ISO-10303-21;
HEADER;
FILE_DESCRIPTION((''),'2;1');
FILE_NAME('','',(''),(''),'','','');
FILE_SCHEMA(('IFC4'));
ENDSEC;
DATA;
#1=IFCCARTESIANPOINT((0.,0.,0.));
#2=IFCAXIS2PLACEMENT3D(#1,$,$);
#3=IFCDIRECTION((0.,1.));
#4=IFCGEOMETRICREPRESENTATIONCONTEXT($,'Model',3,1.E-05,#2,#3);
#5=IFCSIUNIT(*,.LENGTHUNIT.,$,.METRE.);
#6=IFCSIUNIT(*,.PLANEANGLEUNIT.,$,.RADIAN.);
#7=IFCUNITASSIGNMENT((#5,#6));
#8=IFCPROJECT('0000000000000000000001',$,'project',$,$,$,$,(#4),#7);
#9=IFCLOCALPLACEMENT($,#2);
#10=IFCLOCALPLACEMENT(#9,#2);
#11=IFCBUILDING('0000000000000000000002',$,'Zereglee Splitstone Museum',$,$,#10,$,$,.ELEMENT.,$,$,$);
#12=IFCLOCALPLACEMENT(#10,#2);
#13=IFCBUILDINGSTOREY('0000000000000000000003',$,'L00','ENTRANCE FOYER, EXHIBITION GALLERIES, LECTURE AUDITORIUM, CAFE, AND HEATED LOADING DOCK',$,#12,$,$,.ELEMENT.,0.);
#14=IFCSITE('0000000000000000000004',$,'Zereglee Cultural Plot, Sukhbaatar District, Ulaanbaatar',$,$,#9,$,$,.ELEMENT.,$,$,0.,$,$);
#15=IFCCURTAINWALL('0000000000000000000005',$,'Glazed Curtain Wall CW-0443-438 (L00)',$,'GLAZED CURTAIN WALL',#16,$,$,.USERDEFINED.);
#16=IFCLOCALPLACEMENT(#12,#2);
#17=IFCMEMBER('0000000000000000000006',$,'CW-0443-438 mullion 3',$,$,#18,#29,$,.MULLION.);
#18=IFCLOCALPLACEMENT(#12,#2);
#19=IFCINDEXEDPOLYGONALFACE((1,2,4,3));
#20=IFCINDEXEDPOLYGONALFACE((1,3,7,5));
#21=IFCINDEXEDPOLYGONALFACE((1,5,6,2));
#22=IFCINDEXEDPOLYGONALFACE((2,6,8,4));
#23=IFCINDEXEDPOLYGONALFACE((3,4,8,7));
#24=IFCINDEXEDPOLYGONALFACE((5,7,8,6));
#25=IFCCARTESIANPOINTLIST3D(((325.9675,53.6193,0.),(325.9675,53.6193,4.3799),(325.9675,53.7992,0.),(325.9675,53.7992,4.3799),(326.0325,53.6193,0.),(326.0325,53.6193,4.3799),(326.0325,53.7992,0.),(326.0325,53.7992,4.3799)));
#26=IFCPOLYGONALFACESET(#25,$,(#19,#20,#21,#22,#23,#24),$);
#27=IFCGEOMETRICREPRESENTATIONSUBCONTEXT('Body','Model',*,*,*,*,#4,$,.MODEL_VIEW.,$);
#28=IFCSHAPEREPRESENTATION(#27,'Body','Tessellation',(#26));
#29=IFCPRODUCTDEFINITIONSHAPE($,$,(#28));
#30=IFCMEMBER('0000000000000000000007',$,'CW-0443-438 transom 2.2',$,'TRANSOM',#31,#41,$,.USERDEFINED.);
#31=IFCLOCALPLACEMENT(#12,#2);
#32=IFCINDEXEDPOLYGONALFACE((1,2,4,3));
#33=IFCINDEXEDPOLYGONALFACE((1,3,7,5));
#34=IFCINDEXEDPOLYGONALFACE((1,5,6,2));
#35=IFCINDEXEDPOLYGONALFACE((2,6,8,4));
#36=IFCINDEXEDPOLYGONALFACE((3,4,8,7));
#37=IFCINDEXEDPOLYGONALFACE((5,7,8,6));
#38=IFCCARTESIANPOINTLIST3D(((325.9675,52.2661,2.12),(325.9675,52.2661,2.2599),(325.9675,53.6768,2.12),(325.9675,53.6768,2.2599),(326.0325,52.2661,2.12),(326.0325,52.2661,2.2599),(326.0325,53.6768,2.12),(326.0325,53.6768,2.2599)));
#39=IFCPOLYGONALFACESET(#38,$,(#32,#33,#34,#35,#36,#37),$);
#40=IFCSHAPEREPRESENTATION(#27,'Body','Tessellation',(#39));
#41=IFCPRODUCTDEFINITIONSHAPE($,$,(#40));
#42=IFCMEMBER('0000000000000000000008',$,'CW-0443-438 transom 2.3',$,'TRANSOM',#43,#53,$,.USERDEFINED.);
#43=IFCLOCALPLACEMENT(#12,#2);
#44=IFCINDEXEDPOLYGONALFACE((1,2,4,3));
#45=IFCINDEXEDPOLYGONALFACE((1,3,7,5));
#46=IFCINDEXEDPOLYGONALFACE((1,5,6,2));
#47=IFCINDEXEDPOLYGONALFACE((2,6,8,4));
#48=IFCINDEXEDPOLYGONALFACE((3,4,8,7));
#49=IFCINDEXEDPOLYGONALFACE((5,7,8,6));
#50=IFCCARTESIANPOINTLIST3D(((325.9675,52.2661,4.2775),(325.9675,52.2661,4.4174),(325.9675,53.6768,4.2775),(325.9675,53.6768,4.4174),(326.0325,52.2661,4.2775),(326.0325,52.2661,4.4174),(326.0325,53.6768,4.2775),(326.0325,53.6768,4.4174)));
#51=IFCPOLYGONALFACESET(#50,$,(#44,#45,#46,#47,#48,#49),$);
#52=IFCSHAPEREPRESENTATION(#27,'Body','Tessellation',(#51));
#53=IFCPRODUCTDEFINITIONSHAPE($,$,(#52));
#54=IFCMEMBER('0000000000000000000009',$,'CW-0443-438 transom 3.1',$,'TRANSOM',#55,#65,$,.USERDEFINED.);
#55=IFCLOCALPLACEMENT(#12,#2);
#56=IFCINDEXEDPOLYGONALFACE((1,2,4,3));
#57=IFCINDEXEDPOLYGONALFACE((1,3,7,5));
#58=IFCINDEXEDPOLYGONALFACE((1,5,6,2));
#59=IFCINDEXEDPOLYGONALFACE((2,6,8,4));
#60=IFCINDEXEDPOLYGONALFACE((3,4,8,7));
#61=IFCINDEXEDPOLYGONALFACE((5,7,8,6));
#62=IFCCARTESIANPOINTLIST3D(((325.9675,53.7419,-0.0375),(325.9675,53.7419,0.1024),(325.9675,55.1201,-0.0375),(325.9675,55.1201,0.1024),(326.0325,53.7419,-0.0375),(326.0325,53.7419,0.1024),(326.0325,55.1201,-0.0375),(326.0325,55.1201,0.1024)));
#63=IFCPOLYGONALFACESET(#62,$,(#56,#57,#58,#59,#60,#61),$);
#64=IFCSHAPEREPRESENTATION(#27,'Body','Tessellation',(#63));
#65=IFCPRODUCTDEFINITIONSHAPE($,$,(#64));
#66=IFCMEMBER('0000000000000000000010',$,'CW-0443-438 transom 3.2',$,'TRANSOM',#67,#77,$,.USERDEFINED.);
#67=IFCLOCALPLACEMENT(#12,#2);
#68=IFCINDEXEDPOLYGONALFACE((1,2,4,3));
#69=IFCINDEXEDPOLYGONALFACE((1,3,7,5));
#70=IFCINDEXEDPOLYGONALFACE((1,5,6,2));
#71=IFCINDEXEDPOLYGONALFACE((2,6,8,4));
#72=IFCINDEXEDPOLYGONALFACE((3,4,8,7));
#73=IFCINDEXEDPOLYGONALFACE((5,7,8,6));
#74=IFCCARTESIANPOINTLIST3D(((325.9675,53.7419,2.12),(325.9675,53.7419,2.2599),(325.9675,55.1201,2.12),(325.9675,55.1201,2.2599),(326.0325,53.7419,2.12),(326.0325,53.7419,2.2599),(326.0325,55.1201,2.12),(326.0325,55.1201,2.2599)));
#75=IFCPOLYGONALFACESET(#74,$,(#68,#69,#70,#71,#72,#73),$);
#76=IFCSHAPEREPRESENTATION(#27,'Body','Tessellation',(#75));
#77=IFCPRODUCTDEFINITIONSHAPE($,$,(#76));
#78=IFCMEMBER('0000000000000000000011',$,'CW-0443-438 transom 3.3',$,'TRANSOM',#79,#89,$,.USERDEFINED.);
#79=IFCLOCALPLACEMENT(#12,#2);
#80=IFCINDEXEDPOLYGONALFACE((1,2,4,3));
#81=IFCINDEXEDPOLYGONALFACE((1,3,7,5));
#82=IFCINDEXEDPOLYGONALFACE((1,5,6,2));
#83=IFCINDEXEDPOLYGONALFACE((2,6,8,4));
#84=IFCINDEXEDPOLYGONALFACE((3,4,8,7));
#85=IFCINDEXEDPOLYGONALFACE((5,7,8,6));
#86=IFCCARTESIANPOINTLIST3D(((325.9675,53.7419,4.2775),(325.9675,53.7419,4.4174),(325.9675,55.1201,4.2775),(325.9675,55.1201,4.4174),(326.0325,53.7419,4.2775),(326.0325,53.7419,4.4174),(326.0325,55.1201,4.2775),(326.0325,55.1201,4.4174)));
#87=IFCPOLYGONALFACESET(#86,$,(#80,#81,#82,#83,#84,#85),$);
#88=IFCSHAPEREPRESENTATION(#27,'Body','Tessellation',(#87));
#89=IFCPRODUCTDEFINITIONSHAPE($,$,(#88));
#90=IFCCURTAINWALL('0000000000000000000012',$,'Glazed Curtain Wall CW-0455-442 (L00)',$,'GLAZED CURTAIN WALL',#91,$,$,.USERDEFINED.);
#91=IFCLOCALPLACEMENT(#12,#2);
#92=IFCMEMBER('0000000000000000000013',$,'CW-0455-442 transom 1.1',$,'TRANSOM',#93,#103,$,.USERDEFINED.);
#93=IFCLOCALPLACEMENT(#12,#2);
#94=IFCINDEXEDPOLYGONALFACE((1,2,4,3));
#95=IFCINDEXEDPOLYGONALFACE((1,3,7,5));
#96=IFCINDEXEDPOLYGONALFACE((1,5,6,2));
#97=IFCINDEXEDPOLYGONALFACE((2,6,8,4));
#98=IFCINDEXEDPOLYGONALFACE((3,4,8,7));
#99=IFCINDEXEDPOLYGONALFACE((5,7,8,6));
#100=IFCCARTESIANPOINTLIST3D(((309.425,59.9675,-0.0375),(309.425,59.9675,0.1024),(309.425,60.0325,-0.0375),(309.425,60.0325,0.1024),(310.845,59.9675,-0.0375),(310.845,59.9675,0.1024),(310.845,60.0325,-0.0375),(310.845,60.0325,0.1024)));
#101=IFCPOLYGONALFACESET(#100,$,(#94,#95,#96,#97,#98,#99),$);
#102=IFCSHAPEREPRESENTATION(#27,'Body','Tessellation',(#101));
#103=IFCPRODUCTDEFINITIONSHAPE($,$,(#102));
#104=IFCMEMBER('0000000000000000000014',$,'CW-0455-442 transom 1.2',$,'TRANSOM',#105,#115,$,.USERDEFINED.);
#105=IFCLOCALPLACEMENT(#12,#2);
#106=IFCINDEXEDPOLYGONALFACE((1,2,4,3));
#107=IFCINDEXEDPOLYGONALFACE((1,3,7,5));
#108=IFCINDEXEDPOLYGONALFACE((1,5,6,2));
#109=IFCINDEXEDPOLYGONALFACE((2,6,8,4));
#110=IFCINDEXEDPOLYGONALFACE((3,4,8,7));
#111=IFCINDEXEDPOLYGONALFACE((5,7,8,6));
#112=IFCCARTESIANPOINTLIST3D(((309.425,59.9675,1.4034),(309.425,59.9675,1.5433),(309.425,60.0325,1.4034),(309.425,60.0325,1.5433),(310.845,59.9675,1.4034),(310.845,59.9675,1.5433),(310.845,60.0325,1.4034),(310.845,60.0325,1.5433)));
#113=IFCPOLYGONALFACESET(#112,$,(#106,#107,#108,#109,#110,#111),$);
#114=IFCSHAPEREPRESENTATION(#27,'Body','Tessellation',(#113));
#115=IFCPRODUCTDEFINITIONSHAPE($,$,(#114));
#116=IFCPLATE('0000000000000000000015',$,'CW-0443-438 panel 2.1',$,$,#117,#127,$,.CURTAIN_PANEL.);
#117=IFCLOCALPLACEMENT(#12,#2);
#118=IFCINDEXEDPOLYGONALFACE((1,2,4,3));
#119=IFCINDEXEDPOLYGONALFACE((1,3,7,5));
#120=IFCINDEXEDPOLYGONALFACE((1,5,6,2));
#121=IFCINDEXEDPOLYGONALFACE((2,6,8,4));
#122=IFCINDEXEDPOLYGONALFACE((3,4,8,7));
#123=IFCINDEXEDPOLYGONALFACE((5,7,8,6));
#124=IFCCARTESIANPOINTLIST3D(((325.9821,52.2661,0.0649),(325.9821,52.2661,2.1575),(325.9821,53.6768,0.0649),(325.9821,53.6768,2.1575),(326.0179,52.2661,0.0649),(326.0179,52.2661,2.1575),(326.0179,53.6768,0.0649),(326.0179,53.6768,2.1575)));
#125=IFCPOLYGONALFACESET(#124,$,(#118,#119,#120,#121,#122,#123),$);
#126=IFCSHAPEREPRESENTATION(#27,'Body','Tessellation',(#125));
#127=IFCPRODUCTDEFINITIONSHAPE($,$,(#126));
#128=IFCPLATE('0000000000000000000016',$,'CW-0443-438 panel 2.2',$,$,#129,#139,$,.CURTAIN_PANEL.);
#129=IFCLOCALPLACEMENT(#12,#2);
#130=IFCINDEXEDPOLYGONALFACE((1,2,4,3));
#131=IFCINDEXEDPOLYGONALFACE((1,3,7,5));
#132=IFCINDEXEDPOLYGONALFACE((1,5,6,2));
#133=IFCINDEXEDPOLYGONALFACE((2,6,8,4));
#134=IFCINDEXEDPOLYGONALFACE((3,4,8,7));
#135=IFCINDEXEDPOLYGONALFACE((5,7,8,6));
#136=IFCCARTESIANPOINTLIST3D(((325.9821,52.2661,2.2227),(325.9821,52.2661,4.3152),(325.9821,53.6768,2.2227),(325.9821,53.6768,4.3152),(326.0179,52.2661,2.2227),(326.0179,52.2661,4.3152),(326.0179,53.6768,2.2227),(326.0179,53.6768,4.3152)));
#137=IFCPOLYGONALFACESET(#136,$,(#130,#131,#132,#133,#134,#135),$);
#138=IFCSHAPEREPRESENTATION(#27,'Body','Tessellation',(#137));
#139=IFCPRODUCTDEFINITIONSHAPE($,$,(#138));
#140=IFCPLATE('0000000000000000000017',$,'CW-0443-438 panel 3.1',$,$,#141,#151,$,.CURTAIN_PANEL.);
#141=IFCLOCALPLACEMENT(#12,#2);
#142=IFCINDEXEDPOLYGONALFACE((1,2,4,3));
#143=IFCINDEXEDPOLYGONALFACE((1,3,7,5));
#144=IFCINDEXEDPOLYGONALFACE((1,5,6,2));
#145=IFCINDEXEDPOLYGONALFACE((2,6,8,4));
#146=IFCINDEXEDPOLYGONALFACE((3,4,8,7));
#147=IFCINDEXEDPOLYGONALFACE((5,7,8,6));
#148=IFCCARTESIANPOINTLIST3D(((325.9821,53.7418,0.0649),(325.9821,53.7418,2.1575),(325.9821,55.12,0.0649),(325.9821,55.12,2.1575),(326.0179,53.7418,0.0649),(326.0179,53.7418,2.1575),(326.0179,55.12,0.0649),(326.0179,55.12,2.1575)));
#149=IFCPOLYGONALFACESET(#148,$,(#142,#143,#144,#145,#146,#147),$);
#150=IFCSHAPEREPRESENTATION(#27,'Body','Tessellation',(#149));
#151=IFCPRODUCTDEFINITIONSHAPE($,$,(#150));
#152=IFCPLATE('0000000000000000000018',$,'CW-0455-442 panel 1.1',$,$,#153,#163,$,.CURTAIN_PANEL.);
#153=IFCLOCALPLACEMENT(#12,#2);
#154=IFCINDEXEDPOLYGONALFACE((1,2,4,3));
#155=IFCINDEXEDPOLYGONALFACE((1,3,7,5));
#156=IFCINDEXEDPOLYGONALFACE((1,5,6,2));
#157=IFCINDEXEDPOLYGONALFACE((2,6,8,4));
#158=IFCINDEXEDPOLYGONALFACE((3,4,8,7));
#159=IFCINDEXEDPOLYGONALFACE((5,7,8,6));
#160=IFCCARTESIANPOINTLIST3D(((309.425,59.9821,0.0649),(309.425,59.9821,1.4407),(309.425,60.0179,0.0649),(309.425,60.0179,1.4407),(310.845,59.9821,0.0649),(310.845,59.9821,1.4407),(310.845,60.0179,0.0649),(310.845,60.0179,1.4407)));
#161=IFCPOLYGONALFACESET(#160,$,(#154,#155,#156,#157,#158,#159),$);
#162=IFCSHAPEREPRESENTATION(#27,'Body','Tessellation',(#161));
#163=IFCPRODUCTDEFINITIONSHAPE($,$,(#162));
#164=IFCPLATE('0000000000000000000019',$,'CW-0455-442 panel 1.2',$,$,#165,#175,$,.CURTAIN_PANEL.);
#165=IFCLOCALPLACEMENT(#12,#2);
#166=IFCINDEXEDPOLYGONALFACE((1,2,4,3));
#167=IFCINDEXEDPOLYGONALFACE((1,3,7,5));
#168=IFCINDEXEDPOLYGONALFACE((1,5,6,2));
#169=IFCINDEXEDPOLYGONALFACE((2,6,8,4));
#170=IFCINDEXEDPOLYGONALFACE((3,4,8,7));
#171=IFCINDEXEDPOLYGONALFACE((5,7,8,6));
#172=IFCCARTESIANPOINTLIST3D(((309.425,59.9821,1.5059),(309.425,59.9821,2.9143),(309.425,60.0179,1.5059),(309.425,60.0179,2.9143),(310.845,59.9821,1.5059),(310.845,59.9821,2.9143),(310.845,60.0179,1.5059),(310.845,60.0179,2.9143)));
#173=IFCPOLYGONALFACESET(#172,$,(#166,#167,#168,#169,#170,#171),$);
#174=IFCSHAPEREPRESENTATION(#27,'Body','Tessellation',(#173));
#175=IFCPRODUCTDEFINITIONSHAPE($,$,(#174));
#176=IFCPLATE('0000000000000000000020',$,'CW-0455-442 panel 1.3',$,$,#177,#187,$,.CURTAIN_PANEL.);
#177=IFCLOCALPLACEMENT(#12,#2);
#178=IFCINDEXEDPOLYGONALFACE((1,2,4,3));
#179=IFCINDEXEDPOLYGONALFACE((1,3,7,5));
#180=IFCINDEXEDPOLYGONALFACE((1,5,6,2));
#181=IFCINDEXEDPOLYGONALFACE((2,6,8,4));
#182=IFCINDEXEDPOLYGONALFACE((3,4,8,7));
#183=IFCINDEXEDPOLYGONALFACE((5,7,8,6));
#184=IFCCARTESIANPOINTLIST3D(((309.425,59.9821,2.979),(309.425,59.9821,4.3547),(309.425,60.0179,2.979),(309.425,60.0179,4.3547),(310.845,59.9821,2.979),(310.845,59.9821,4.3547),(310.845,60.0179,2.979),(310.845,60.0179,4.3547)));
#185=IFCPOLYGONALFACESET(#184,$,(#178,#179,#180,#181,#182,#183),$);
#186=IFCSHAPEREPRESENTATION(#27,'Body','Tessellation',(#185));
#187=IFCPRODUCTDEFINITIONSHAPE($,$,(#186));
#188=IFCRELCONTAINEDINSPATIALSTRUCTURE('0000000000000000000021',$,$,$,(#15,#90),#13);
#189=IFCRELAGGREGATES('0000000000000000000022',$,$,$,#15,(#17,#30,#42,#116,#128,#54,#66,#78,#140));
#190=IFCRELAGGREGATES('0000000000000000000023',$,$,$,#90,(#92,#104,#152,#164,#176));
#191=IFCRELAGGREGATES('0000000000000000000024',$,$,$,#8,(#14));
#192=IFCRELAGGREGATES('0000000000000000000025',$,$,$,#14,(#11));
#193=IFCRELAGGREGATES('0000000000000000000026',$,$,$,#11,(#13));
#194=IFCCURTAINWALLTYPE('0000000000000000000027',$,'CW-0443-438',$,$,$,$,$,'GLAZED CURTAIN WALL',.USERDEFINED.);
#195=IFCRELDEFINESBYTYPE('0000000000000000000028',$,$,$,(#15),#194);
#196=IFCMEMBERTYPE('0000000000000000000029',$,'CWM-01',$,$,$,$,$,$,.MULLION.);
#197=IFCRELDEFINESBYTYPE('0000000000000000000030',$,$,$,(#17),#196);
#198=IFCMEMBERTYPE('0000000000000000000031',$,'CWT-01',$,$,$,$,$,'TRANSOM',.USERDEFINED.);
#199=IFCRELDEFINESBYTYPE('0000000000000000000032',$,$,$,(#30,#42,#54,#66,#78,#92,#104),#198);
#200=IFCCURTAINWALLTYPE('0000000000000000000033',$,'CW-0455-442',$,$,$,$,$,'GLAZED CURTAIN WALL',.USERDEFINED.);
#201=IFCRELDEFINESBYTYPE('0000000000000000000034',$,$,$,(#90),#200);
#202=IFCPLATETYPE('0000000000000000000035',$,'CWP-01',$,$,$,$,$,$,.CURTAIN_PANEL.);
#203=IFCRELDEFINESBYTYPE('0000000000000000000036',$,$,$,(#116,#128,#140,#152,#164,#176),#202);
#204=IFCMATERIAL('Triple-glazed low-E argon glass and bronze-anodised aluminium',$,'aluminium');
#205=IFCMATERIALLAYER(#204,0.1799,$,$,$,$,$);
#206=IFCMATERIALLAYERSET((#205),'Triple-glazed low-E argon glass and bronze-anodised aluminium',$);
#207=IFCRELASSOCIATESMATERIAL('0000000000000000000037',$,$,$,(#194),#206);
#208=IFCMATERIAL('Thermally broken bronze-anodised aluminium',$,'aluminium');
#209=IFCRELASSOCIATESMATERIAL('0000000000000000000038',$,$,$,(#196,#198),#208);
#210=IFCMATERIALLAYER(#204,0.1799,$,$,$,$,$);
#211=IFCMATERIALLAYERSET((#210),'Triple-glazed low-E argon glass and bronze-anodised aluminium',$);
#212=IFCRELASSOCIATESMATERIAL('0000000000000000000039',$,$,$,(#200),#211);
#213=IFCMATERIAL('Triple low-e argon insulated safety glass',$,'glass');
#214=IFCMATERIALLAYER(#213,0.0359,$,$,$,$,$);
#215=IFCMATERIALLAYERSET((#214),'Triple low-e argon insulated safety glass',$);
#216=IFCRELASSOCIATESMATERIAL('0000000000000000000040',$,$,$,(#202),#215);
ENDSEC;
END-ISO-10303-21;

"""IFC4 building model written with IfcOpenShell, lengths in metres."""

from ifc_helpers import new_model, si_unit, direction, frame, origin, origin_2d, place, context, subcontext, project, spatial, rectangle, extrude, material, layer, layer_set, material_profile, profile_set, type_object, element, aggregate, save


model = new_model("IFC4")

# Units and contexts
model_context = context("Model", 3, precision=1e-05, world=origin(), true_north=direction((0.0, 1.0)))
body_context = subcontext(model_context, "Body", "Model", "MODEL_VIEW")
ifc_project = project(units=[si_unit("LENGTHUNIT", "METRE"), si_unit("PLANEANGLEUNIT", "RADIAN")], contexts=[model_context])

# Site, building, storey
site_placement = place(None, origin())
site = spatial("IfcSite", under=ifc_project, at=site_placement, Name="Zereglee Cultural Plot, Sukhbaatar District, Ulaanbaatar", CompositionType="ELEMENT", RefElevation=0.0)
building_placement = place(site_placement, origin())
building = spatial("IfcBuilding", under=site, at=building_placement, Name="Zereglee Splitstone Museum", CompositionType="ELEMENT")
storey_placement = place(building_placement, origin())
storey = spatial("IfcBuildingStorey", under=building, at=storey_placement, Name="L00", Description="ENTRANCE FOYER, EXHIBITION GALLERIES, LECTURE AUDITORIUM, CAFE, AND HEATED LOADING DOCK", CompositionType="ELEMENT", Elevation=0.0)

# Curtain walls, members
ifc_material_1 = material(Name="Triple-glazed low-E argon glass and bronze-anodised aluminium", Category="aluminium")
ifc_layer_1 = layer(ifc_material_1, 0.1799)
ifc_layer_set_1 = layer_set([ifc_layer_1], Name="Triple-glazed low-E argon glass and bronze-anodised aluminium")
curtain_wall_type_1 = type_object("IfcCurtainWallType", Name="CW-0443-438", ElementType="GLAZED CURTAIN WALL", PredefinedType="USERDEFINED", material=ifc_layer_set_1)
curtain_wall_1_placement = place(storey_placement, origin())
curtain_wall_1 = element("IfcCurtainWall", 1, at=curtain_wall_1_placement, inside=storey, type_object=curtain_wall_type_1, Name="Glazed Curtain Wall CW-0443-438 (L00)", ObjectType="GLAZED CURTAIN WALL", PredefinedType="USERDEFINED")
ifc_material_2 = material(Name="Thermally broken bronze-anodised aluminium", Category="aluminium")
ifc_material_profile_1 = material_profile(ifc_material_2, rectangle(XDim=0.0649, YDim=0.1799, at=origin_2d()), Name="CW MULL 65x180")
ifc_profile_set_1 = profile_set([ifc_material_profile_1], Name="Thermally broken bronze-anodised aluminium")
member_type_1 = type_object("IfcMemberType", Name="CWM-01", PredefinedType="MULLION", material=ifc_profile_set_1)
member_1_placement = place(storey_placement, frame((326.0, 53.7092, 0.0), z_axis=(0.0, 0.0, 1.0), x_axis=(-1.0, 0.0, 0.0)))
member_1 = element("IfcMember", 2, at=member_1_placement, type_object=member_type_1, Name="CW-0443-438 mullion 3", PredefinedType="MULLION", context=body_context, shape_type="SweptSolid", body=[
    extrude(rectangle(XDim=0.0649, YDim=0.1799, at=origin_2d()), origin(), (0.0, 0.0, 1.0), 4.3799),
])
ifc_material_profile_2 = material_profile(ifc_material_2, rectangle(XDim=0.0649, YDim=0.1399, at=origin_2d()), Name="CW TRAN 65x140")
ifc_profile_set_2 = profile_set([ifc_material_profile_2], Name="Thermally broken bronze-anodised aluminium")
member_type_2 = type_object("IfcMemberType", Name="CWT-01", ElementType="TRANSOM", PredefinedType="USERDEFINED", material=ifc_profile_set_2)
member_2_placement = place(storey_placement, frame((326.0, 52.2661, 2.1899), z_axis=(0.0, 1.0, 0.0), x_axis=(-1.0, 0.0, 0.0)))
member_2 = element("IfcMember", 3, at=member_2_placement, type_object=member_type_2, Name="CW-0443-438 transom 2.2", ObjectType="TRANSOM", PredefinedType="USERDEFINED", context=body_context, shape_type="SweptSolid", body=[
    extrude(rectangle(XDim=0.0649, YDim=0.1399, at=origin_2d()), origin(), (0.0, 0.0, 1.0), 1.4106),
])
member_3_placement = place(storey_placement, frame((326.0, 52.2661, 4.3474), z_axis=(0.0, 1.0, 0.0), x_axis=(-1.0, 0.0, 0.0)))
member_3 = element("IfcMember", 4, at=member_3_placement, type_object=member_type_2, Name="CW-0443-438 transom 2.3", ObjectType="TRANSOM", PredefinedType="USERDEFINED", context=body_context, shape_type="SweptSolid", body=[
    extrude(rectangle(XDim=0.0649, YDim=0.1399, at=origin_2d()), origin(), (0.0, 0.0, 1.0), 1.4106),
])
member_4_placement = place(storey_placement, frame((326.0, 53.7419, 0.0325), z_axis=(0.0, 1.0, 0.0), x_axis=(-1.0, 0.0, 0.0)))
member_4 = element("IfcMember", 5, at=member_4_placement, type_object=member_type_2, Name="CW-0443-438 transom 3.1", ObjectType="TRANSOM", PredefinedType="USERDEFINED", context=body_context, shape_type="SweptSolid", body=[
    extrude(rectangle(XDim=0.0649, YDim=0.1399, at=origin_2d()), origin(), (0.0, 0.0, 1.0), 1.3782),
])
member_5_placement = place(storey_placement, frame((326.0, 53.7419, 2.1899), z_axis=(0.0, 1.0, 0.0), x_axis=(-1.0, 0.0, 0.0)))
member_5 = element("IfcMember", 6, at=member_5_placement, type_object=member_type_2, Name="CW-0443-438 transom 3.2", ObjectType="TRANSOM", PredefinedType="USERDEFINED", context=body_context, shape_type="SweptSolid", body=[
    extrude(rectangle(XDim=0.0649, YDim=0.1399, at=origin_2d()), origin(), (0.0, 0.0, 1.0), 1.3782),
])
member_6_placement = place(storey_placement, frame((326.0, 53.7419, 4.3474), z_axis=(0.0, 1.0, 0.0), x_axis=(-1.0, 0.0, 0.0)))
member_6 = element("IfcMember", 7, at=member_6_placement, type_object=member_type_2, Name="CW-0443-438 transom 3.3", ObjectType="TRANSOM", PredefinedType="USERDEFINED", context=body_context, shape_type="SweptSolid", body=[
    extrude(rectangle(XDim=0.0649, YDim=0.1399, at=origin_2d()), origin(), (0.0, 0.0, 1.0), 1.3782),
])
ifc_layer_2 = layer(ifc_material_1, 0.1799)
ifc_layer_set_2 = layer_set([ifc_layer_2], Name="Triple-glazed low-E argon glass and bronze-anodised aluminium")
curtain_wall_type_2 = type_object("IfcCurtainWallType", Name="CW-0455-442", ElementType="GLAZED CURTAIN WALL", PredefinedType="USERDEFINED", material=ifc_layer_set_2)
curtain_wall_2_placement = place(storey_placement, origin())
curtain_wall_2 = element("IfcCurtainWall", 8, at=curtain_wall_2_placement, inside=storey, type_object=curtain_wall_type_2, Name="Glazed Curtain Wall CW-0455-442 (L00)", ObjectType="GLAZED CURTAIN WALL", PredefinedType="USERDEFINED")
member_7_placement = place(storey_placement, frame((310.845, 60.0, 0.0325), z_axis=(-1.0, 0.0, 0.0), x_axis=(0.0, -1.0, 0.0)))
member_7 = element("IfcMember", 9, at=member_7_placement, type_object=member_type_2, Name="CW-0455-442 transom 1.1", ObjectType="TRANSOM", PredefinedType="USERDEFINED", context=body_context, shape_type="SweptSolid", body=[
    extrude(rectangle(XDim=0.0649, YDim=0.1399, at=origin_2d()), origin(), (0.0, 0.0, 1.0), 1.4199),
])
member_8_placement = place(storey_placement, frame((310.845, 60.0, 1.4734), z_axis=(-1.0, 0.0, 0.0), x_axis=(0.0, -1.0, 0.0)))
member_8 = element("IfcMember", 10, at=member_8_placement, type_object=member_type_2, Name="CW-0455-442 transom 1.2", ObjectType="TRANSOM", PredefinedType="USERDEFINED", context=body_context, shape_type="SweptSolid", body=[
    extrude(rectangle(XDim=0.0649, YDim=0.1399, at=origin_2d()), origin(), (0.0, 0.0, 1.0), 1.4199),
])

# Plates
ifc_material_3 = material(Name="Triple low-e argon insulated safety glass", Category="glass")
ifc_layer_3 = layer(ifc_material_3, 0.0359)
ifc_layer_set_3 = layer_set([ifc_layer_3], Name="Triple low-e argon insulated safety glass")
plate_type = type_object("IfcPlateType", Name="CWP-01", PredefinedType="CURTAIN_PANEL", material=ifc_layer_set_3)
plate_1_placement = place(storey_placement, frame((326.0, 52.9714, 0.0649), z_axis=(0.0, 0.0, 1.0), x_axis=(0.0, 1.0, 0.0)))
plate_1 = element("IfcPlate", 11, at=plate_1_placement, type_object=plate_type, Name="CW-0443-438 panel 2.1", PredefinedType="CURTAIN_PANEL", context=body_context, shape_type="SweptSolid", body=[
    extrude(rectangle(XDim=1.4106, YDim=0.0359, at=origin_2d()), origin(), (0.0, 0.0, 1.0), 2.0925),
])
plate_2_placement = place(storey_placement, frame((326.0, 52.9714, 2.2227), z_axis=(0.0, 0.0, 1.0), x_axis=(0.0, 1.0, 0.0)))
plate_2 = element("IfcPlate", 12, at=plate_2_placement, type_object=plate_type, Name="CW-0443-438 panel 2.2", PredefinedType="CURTAIN_PANEL", context=body_context, shape_type="SweptSolid", body=[
    extrude(rectangle(XDim=1.4106, YDim=0.0359, at=origin_2d()), origin(), (0.0, 0.0, 1.0), 2.0925),
])
plate_3_placement = place(storey_placement, frame((326.0, 54.4309, 0.0649), z_axis=(0.0, 0.0, 1.0), x_axis=(0.0, 1.0, 0.0)))
plate_3 = element("IfcPlate", 13, at=plate_3_placement, type_object=plate_type, Name="CW-0443-438 panel 3.1", PredefinedType="CURTAIN_PANEL", context=body_context, shape_type="SweptSolid", body=[
    extrude(rectangle(XDim=1.3782, YDim=0.0359, at=origin_2d()), origin(), (0.0, 0.0, 1.0), 2.0925),
])
aggregate(curtain_wall_1, [member_1, member_2, member_3, plate_1, plate_2, member_4, member_5, member_6, plate_3])
plate_4_placement = place(storey_placement, frame((310.135, 60.0, 0.0649), z_axis=(0.0, 0.0, 1.0), x_axis=(-1.0, 0.0, 0.0)))
plate_4 = element("IfcPlate", 14, at=plate_4_placement, type_object=plate_type, Name="CW-0455-442 panel 1.1", PredefinedType="CURTAIN_PANEL", context=body_context, shape_type="SweptSolid", body=[
    extrude(rectangle(XDim=1.4199, YDim=0.0359, at=origin_2d()), origin(), (0.0, 0.0, 1.0), 1.3757),
])
plate_5_placement = place(storey_placement, frame((310.135, 60.0, 1.5059), z_axis=(0.0, 0.0, 1.0), x_axis=(-1.0, 0.0, 0.0)))
plate_5 = element("IfcPlate", 15, at=plate_5_placement, type_object=plate_type, Name="CW-0455-442 panel 1.2", PredefinedType="CURTAIN_PANEL", context=body_context, shape_type="SweptSolid", body=[
    extrude(rectangle(XDim=1.4199, YDim=0.0359, at=origin_2d()), origin(), (0.0, 0.0, 1.0), 1.4084),
])
plate_6_placement = place(storey_placement, frame((310.135, 60.0, 2.979), z_axis=(0.0, 0.0, 1.0), x_axis=(-1.0, 0.0, 0.0)))
plate_6 = element("IfcPlate", 16, at=plate_6_placement, type_object=plate_type, Name="CW-0455-442 panel 1.3", PredefinedType="CURTAIN_PANEL", context=body_context, shape_type="SweptSolid", body=[
    extrude(rectangle(XDim=1.4199, YDim=0.0359, at=origin_2d()), origin(), (0.0, 0.0, 1.0), 1.3757),
])
aggregate(curtain_wall_2, [member_7, member_8, plate_4, plate_5, plate_6])

save(model, "model.ifc")
